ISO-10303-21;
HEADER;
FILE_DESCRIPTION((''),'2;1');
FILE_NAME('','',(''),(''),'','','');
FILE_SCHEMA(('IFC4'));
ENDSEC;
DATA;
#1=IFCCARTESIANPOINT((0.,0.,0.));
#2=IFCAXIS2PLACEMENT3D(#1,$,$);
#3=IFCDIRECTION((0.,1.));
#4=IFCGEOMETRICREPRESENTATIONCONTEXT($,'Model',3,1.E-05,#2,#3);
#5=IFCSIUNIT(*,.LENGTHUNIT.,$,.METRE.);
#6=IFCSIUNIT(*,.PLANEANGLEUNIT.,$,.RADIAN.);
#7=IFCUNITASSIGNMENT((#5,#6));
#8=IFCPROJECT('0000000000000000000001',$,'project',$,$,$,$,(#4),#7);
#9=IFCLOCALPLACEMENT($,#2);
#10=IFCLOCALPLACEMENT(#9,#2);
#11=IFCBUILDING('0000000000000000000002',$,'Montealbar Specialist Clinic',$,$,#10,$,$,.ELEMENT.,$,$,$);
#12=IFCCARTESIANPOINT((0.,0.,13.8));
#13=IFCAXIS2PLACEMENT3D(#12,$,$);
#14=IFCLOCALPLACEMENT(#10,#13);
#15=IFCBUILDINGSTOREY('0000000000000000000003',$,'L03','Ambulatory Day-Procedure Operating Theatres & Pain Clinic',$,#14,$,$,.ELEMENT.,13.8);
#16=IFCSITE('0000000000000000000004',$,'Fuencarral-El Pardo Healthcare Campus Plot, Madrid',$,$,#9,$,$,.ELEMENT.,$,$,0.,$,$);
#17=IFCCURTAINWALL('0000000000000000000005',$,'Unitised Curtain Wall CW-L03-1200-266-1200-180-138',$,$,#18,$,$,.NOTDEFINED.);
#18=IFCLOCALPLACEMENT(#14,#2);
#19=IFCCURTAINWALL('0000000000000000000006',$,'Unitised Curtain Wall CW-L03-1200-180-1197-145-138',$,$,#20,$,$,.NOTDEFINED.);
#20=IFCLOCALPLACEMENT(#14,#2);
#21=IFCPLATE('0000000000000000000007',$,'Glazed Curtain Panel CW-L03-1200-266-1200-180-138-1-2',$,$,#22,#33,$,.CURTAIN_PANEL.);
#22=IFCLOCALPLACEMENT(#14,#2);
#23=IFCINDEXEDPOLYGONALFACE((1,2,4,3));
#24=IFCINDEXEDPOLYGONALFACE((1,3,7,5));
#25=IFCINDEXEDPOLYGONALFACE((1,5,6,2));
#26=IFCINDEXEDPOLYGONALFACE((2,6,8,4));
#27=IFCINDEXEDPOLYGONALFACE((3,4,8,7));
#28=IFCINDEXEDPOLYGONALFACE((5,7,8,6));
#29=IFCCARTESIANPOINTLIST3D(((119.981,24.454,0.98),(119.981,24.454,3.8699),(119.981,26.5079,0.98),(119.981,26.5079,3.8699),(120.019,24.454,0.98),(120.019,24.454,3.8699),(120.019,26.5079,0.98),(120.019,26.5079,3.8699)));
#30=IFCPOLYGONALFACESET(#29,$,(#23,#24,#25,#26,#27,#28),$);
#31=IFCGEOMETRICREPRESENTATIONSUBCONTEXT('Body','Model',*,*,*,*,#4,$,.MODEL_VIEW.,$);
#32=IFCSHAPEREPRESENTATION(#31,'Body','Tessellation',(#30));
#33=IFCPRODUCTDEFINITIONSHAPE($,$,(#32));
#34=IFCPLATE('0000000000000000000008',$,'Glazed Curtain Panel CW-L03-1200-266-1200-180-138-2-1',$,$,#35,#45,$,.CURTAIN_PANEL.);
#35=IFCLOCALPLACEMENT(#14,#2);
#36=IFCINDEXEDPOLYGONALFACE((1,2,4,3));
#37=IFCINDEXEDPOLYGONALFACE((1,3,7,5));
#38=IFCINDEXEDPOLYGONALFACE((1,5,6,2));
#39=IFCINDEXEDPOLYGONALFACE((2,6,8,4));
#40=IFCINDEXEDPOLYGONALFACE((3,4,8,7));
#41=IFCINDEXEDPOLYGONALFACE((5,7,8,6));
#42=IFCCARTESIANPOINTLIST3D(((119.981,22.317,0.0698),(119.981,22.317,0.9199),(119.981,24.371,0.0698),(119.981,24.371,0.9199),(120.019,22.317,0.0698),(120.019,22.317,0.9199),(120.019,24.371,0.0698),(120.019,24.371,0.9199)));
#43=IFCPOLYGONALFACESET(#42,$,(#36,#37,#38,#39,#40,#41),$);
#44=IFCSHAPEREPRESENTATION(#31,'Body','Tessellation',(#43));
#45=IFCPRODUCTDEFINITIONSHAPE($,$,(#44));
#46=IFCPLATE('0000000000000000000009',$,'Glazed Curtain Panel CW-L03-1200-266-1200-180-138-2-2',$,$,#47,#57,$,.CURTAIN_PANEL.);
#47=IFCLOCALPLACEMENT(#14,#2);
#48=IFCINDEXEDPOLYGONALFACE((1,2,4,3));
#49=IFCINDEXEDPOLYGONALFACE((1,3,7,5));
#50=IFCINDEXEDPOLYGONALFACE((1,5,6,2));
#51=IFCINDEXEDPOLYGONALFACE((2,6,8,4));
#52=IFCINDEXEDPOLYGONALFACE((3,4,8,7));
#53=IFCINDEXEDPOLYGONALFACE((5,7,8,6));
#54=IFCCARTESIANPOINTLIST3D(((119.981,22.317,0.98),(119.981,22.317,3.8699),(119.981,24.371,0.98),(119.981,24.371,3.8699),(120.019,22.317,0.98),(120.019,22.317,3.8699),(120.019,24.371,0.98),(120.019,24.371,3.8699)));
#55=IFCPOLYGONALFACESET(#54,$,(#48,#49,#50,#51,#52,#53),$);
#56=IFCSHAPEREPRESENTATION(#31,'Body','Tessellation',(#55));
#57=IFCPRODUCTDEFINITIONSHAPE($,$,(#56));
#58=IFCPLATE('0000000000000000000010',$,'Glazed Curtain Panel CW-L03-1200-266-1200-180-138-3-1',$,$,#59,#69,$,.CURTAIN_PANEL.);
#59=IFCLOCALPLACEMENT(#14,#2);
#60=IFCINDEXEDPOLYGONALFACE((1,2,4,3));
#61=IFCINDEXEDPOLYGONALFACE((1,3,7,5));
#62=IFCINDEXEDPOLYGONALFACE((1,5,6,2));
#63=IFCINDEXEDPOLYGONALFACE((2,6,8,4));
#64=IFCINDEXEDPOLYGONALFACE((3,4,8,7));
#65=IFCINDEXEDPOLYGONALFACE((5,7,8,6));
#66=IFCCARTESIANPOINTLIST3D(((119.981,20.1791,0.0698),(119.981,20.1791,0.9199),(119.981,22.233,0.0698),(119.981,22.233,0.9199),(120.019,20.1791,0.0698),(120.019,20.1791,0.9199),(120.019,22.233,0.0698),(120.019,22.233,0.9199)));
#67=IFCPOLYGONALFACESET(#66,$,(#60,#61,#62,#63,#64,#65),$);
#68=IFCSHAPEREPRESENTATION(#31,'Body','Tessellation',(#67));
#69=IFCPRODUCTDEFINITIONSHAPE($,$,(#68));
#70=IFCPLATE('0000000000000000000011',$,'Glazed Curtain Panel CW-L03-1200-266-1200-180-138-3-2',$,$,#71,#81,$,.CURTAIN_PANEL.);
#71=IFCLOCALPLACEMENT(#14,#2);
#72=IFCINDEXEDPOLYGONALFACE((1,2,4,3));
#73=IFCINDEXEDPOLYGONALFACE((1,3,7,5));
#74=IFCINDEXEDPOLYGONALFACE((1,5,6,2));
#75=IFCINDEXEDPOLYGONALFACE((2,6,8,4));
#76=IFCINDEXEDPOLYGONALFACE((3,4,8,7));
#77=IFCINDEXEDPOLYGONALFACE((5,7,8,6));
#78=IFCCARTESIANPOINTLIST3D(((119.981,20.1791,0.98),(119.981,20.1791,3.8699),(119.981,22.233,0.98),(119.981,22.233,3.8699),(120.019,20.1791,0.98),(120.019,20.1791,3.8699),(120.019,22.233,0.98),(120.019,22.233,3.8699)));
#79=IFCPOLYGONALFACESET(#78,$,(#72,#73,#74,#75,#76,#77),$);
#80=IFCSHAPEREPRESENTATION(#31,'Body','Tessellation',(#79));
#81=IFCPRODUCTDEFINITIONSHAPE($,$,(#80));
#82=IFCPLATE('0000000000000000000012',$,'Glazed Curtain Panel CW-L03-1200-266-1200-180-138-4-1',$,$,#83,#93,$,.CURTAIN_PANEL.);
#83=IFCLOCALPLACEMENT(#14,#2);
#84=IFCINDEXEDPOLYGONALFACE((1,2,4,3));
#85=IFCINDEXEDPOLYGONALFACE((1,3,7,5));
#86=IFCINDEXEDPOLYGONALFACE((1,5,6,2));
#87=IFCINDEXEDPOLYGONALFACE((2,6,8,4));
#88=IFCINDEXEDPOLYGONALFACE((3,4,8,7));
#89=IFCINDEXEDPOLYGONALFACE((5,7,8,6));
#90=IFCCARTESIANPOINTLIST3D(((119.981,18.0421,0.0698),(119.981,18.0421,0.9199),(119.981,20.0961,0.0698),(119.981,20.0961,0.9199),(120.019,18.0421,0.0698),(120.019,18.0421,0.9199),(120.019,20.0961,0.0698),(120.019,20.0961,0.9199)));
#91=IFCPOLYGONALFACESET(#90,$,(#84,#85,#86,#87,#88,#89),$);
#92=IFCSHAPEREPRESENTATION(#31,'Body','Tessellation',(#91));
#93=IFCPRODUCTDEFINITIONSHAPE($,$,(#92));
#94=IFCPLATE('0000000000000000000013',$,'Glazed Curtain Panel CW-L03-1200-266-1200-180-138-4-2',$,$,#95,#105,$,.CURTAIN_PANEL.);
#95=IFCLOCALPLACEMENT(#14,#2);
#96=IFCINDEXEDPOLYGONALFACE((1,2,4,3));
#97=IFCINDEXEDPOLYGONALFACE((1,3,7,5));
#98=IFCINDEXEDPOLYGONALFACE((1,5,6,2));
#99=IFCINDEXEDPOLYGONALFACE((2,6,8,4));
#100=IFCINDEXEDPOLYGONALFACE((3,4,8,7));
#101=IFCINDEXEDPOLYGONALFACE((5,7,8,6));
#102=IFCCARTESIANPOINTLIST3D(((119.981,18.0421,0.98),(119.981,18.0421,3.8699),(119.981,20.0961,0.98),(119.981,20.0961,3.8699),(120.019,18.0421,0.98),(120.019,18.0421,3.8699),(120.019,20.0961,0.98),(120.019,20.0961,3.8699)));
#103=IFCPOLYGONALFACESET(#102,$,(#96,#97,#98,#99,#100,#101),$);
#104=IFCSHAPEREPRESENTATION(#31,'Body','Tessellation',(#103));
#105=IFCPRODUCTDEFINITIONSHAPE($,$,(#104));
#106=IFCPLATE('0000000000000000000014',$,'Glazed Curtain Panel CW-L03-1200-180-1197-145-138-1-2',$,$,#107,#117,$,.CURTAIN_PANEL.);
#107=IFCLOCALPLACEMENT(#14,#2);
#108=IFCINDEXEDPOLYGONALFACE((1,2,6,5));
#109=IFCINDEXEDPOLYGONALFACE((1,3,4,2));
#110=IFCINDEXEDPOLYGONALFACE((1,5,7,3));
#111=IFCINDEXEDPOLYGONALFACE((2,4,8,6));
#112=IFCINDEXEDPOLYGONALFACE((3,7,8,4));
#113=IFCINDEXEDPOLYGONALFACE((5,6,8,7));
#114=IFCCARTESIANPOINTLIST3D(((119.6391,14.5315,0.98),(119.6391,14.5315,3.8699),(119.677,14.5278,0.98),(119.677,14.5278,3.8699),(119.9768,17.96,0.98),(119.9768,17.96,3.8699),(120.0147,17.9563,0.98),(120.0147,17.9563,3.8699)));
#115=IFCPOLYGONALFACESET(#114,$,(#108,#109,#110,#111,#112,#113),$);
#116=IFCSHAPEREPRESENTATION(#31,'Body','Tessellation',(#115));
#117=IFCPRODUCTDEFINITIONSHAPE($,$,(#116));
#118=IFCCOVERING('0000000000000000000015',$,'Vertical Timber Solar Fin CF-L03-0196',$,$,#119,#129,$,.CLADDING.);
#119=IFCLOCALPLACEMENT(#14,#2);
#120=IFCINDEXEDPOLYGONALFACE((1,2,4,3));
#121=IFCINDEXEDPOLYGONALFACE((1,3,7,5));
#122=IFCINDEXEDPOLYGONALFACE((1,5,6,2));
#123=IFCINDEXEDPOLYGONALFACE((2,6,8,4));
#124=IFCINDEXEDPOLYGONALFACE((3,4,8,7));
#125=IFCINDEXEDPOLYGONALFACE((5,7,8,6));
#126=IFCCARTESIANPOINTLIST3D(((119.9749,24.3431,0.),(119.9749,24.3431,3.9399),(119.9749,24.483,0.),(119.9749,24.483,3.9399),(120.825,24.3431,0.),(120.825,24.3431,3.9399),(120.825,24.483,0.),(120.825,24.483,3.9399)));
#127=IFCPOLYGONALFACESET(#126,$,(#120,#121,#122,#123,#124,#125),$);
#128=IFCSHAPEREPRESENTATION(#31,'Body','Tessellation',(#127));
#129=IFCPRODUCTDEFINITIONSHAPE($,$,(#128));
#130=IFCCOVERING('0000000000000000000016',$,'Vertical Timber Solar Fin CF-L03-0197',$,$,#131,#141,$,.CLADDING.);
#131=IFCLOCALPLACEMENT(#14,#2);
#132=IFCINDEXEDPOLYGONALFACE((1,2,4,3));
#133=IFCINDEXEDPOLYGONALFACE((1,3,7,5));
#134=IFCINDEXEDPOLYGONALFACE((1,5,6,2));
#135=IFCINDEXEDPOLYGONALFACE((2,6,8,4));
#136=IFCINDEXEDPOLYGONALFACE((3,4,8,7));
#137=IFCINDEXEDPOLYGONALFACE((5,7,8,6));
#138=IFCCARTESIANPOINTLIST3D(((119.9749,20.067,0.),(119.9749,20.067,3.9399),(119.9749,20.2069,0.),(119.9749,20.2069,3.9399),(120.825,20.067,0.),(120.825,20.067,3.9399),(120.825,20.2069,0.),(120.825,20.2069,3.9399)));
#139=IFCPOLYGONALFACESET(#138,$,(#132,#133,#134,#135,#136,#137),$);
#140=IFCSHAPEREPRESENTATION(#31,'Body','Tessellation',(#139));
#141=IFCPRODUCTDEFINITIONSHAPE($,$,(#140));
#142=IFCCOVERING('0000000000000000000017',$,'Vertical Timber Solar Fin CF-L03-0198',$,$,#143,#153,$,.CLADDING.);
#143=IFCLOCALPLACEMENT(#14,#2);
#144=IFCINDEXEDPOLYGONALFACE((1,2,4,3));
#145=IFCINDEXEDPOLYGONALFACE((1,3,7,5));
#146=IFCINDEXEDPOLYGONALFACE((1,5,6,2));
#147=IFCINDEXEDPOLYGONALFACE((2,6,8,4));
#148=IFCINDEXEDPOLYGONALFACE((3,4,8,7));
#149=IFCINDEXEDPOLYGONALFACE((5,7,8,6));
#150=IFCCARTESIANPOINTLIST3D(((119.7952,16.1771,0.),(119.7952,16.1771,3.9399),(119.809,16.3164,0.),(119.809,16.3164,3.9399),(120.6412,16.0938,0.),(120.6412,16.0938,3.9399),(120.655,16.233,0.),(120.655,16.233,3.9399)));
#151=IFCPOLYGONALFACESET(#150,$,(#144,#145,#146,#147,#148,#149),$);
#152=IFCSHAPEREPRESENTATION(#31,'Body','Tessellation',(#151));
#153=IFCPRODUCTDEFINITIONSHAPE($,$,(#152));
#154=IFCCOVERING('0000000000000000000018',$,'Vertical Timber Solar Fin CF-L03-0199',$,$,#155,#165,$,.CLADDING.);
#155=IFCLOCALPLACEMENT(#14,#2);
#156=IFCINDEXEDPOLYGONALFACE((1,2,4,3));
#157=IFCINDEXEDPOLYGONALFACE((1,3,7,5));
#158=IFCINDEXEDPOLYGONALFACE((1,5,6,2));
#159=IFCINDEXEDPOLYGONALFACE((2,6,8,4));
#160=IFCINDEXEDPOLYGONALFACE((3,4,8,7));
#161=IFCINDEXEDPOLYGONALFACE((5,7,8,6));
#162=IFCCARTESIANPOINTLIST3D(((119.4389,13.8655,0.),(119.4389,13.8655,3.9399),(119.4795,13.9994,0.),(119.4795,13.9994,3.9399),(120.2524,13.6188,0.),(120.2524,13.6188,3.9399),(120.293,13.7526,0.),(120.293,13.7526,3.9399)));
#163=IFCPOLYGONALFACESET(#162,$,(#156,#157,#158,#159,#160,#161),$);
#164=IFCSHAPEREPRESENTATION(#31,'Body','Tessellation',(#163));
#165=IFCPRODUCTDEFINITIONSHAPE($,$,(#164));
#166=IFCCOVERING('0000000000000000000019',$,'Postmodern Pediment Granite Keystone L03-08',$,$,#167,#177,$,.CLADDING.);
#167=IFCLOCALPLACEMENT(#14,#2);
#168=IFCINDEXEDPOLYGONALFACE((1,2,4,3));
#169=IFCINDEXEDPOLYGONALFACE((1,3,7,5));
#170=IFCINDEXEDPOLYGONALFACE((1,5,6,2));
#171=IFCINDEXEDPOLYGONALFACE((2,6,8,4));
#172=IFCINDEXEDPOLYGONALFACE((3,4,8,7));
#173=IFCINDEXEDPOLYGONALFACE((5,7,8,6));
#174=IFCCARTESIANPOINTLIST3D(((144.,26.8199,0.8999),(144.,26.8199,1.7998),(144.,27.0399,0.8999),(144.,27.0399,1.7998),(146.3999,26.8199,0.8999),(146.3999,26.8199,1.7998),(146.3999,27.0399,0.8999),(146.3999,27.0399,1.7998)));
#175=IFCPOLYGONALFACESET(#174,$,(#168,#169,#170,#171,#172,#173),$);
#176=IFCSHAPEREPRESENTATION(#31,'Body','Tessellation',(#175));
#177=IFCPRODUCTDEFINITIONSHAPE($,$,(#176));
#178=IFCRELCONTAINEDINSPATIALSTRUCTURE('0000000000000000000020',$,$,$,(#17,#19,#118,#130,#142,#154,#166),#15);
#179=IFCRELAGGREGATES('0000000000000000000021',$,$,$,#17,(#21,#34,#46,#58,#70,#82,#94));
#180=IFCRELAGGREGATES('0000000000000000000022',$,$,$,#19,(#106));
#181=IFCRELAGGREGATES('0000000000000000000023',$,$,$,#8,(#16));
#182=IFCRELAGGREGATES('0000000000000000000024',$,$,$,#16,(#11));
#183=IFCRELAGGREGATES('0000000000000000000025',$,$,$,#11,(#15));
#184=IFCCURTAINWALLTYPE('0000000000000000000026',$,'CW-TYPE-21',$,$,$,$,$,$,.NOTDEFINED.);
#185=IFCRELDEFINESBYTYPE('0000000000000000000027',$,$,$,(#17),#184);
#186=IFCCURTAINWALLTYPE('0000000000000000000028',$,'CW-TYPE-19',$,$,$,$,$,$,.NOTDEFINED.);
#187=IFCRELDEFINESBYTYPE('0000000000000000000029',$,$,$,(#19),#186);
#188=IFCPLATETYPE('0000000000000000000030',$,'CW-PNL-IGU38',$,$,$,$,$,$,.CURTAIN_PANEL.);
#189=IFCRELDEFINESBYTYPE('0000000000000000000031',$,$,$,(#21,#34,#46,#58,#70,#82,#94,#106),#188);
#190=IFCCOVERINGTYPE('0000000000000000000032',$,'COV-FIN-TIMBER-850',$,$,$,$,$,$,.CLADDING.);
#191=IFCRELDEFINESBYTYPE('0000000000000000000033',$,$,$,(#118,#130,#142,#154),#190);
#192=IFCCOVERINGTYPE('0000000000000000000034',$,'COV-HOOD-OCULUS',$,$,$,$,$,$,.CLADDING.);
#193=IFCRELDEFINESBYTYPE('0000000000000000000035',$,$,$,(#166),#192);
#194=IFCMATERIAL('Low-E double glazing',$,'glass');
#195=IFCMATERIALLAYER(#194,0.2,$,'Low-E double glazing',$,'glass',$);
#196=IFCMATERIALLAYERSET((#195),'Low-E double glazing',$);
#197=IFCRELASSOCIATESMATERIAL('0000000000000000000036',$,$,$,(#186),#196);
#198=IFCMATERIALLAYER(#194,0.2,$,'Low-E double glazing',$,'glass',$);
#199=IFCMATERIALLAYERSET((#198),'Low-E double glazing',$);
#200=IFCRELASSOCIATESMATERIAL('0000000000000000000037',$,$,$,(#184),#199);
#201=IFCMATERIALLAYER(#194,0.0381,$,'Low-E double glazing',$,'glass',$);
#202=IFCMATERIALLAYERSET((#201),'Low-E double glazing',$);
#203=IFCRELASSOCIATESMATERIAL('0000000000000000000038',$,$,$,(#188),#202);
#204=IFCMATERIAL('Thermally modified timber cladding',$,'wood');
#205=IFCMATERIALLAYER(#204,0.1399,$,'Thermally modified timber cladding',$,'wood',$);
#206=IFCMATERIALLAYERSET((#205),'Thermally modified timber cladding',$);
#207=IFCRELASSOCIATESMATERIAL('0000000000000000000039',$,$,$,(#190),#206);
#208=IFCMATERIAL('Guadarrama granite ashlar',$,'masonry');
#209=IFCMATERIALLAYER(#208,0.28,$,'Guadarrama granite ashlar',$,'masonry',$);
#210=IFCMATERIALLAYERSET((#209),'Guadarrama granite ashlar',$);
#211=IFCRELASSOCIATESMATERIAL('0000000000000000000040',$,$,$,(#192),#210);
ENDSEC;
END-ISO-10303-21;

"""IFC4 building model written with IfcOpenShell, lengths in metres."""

from ifc_helpers import new_model, si_unit, direction, frame, origin, origin_2d, place, context, subcontext, project, spatial, rectangle, extrude, material, layer, layer_set, type_object, element, aggregate, save


model = new_model("IFC4")

# Units and contexts
model_context = context("Model", 3, precision=1e-05, world=origin(), true_north=direction((0.0, 1.0)))
body_context = subcontext(model_context, "Body", "Model", "MODEL_VIEW")
ifc_project = project(units=[si_unit("LENGTHUNIT", "METRE"), si_unit("PLANEANGLEUNIT", "RADIAN")], contexts=[model_context])

# Site, building, storey
site_placement = place(None, origin())
site = spatial("IfcSite", under=ifc_project, at=site_placement, Name="Fuencarral-El Pardo Healthcare Campus Plot, Madrid", CompositionType="ELEMENT", RefElevation=0.0)
building_placement = place(site_placement, origin())
building = spatial("IfcBuilding", under=site, at=building_placement, Name="Montealbar Specialist Clinic", CompositionType="ELEMENT")
storey_placement = place(building_placement, frame((0.0, 0.0, 13.8)))
storey = spatial("IfcBuildingStorey", under=building, at=storey_placement, Name="L03", Description="Ambulatory Day-Procedure Operating Theatres & Pain Clinic", CompositionType="ELEMENT", Elevation=13.8)

# Shared definitions
ifc_material_1 = material(Name="Low-E double glazing", Category="glass")
ifc_layer_1 = layer(ifc_material_1, 0.2, Name="Low-E double glazing", Category="glass")
ifc_layer_set_1 = layer_set([ifc_layer_1], Name="Low-E double glazing")
curtain_wall_type_1 = type_object("IfcCurtainWallType", Name="CW-TYPE-19", PredefinedType="NOTDEFINED", material=ifc_layer_set_1)

# Curtain wall
ifc_layer_2 = layer(ifc_material_1, 0.2, Name="Low-E double glazing", Category="glass")
ifc_layer_set_2 = layer_set([ifc_layer_2], Name="Low-E double glazing")
curtain_wall_type_2 = type_object("IfcCurtainWallType", Name="CW-TYPE-21", PredefinedType="NOTDEFINED", material=ifc_layer_set_2)
curtain_wall_1_placement = place(storey_placement, origin())
curtain_wall_1 = element("IfcCurtainWall", 1, at=curtain_wall_1_placement, inside=storey, type_object=curtain_wall_type_2, Name="Unitised Curtain Wall CW-L03-1200-266-1200-180-138", PredefinedType="NOTDEFINED")

# Curtain wall
curtain_wall_2_placement = place(storey_placement, origin())
curtain_wall_2 = element("IfcCurtainWall", 2, at=curtain_wall_2_placement, inside=storey, type_object=curtain_wall_type_1, Name="Unitised Curtain Wall CW-L03-1200-180-1197-145-138", PredefinedType="NOTDEFINED")

# Plates
ifc_layer_3 = layer(ifc_material_1, 0.0381, Name="Low-E double glazing", Category="glass")
ifc_layer_set_3 = layer_set([ifc_layer_3], Name="Low-E double glazing")
plate_type = type_object("IfcPlateType", Name="CW-PNL-IGU38", PredefinedType="CURTAIN_PANEL", material=ifc_layer_set_3)
plate_1_placement = place(storey_placement, frame((120.0, 25.481, 0.98), z_axis=(0.0, 0.0, 1.0), x_axis=(0.0, -1.0, 0.0)))
plate_1 = element("IfcPlate", 3, at=plate_1_placement, type_object=plate_type, Name="Glazed Curtain Panel CW-L03-1200-266-1200-180-138-1-2", PredefinedType="CURTAIN_PANEL", context=body_context, shape_type="SweptSolid", body=[
    extrude(rectangle(XDim=2.054, YDim=0.0381, at=origin_2d()), origin(), (0.0, 0.0, 1.0), 2.8899),
])
plate_2_placement = place(storey_placement, frame((120.0, 23.344, 0.0698), z_axis=(0.0, 0.0, 1.0), x_axis=(0.0, -1.0, 0.0)))
plate_2 = element("IfcPlate", 4, at=plate_2_placement, type_object=plate_type, Name="Glazed Curtain Panel CW-L03-1200-266-1200-180-138-2-1", PredefinedType="CURTAIN_PANEL", context=body_context, shape_type="SweptSolid", body=[
    extrude(rectangle(XDim=2.054, YDim=0.0381, at=origin_2d()), origin(), (0.0, 0.0, 1.0), 0.8501),
])
plate_3_placement = place(storey_placement, frame((120.0, 23.344, 0.98), z_axis=(0.0, 0.0, 1.0), x_axis=(0.0, -1.0, 0.0)))
plate_3 = element("IfcPlate", 5, at=plate_3_placement, type_object=plate_type, Name="Glazed Curtain Panel CW-L03-1200-266-1200-180-138-2-2", PredefinedType="CURTAIN_PANEL", context=body_context, shape_type="SweptSolid", body=[
    extrude(rectangle(XDim=2.054, YDim=0.0381, at=origin_2d()), origin(), (0.0, 0.0, 1.0), 2.8899),
])
plate_4_placement = place(storey_placement, frame((120.0, 21.2061, 0.0698), z_axis=(0.0, 0.0, 1.0), x_axis=(0.0, -1.0, 0.0)))
plate_4 = element("IfcPlate", 6, at=plate_4_placement, type_object=plate_type, Name="Glazed Curtain Panel CW-L03-1200-266-1200-180-138-3-1", PredefinedType="CURTAIN_PANEL", context=body_context, shape_type="SweptSolid", body=[
    extrude(rectangle(XDim=2.054, YDim=0.0381, at=origin_2d()), origin(), (0.0, 0.0, 1.0), 0.8501),
])
plate_5_placement = place(storey_placement, frame((120.0, 21.2061, 0.98), z_axis=(0.0, 0.0, 1.0), x_axis=(0.0, -1.0, 0.0)))
plate_5 = element("IfcPlate", 7, at=plate_5_placement, type_object=plate_type, Name="Glazed Curtain Panel CW-L03-1200-266-1200-180-138-3-2", PredefinedType="CURTAIN_PANEL", context=body_context, shape_type="SweptSolid", body=[
    extrude(rectangle(XDim=2.054, YDim=0.0381, at=origin_2d()), origin(), (0.0, 0.0, 1.0), 2.8899),
])
plate_6_placement = place(storey_placement, frame((120.0, 19.0691, 0.0698), z_axis=(0.0, 0.0, 1.0), x_axis=(0.0, -1.0, 0.0)))
plate_6 = element("IfcPlate", 8, at=plate_6_placement, type_object=plate_type, Name="Glazed Curtain Panel CW-L03-1200-266-1200-180-138-4-1", PredefinedType="CURTAIN_PANEL", context=body_context, shape_type="SweptSolid", body=[
    extrude(rectangle(XDim=2.054, YDim=0.0381, at=origin_2d()), origin(), (0.0, 0.0, 1.0), 0.8501),
])
plate_7_placement = place(storey_placement, frame((120.0, 19.0691, 0.98), z_axis=(0.0, 0.0, 1.0), x_axis=(0.0, -1.0, 0.0)))
plate_7 = element("IfcPlate", 9, at=plate_7_placement, type_object=plate_type, Name="Glazed Curtain Panel CW-L03-1200-266-1200-180-138-4-2", PredefinedType="CURTAIN_PANEL", context=body_context, shape_type="SweptSolid", body=[
    extrude(rectangle(XDim=2.054, YDim=0.0381, at=origin_2d()), origin(), (0.0, 0.0, 1.0), 2.8899),
])
aggregate(curtain_wall_1, [plate_1, plate_2, plate_3, plate_4, plate_5, plate_6, plate_7])
plate_8_placement = place(storey_placement, frame((119.8269, 16.2439, 0.98), z_axis=(0.0, 0.0, 1.0), x_axis=(-0.098045, -0.995182, 0.0)))
plate_8 = element("IfcPlate", 10, at=plate_8_placement, type_object=plate_type, Name="Glazed Curtain Panel CW-L03-1200-180-1197-145-138-1-2", PredefinedType="CURTAIN_PANEL", context=body_context, shape_type="SweptSolid", body=[
    extrude(rectangle(XDim=3.4451, YDim=0.0381, at=origin_2d()), origin(), (0.0, 0.0, 1.0), 2.8899),
])
aggregate(curtain_wall_2, [plate_8])

# Coverings
ifc_material_2 = material(Name="Thermally modified timber cladding", Category="wood")
ifc_layer_4 = layer(ifc_material_2, 0.1399, Name="Thermally modified timber cladding", Category="wood")
ifc_layer_set_4 = layer_set([ifc_layer_4], Name="Thermally modified timber cladding")
covering_type_1 = type_object("IfcCoveringType", Name="COV-FIN-TIMBER-850", PredefinedType="CLADDING", material=ifc_layer_set_4)
for number, where, z_axis, x_axis, name in (
    (11, (120.3999, 24.4131, 0.0), (0.0, 0.0, 1.0), (1.0, 0.0, 0.0), "Vertical Timber Solar Fin CF-L03-0196"),
    (12, (120.3999, 20.137, 0.0), (0.0, 0.0, 1.0), (1.0, 0.0, 0.0), "Vertical Timber Solar Fin CF-L03-0197"),
    (13, (120.2251, 16.2051, 0.0), (0.0, 0.0, 1.0), (0.995182, -0.098045, 0.0), "Vertical Timber Solar Fin CF-L03-0198"),
    (14, (119.866, 13.8091, 0.0), (0.0, 0.0, 1.0), (0.956948, -0.290259, 0.0), "Vertical Timber Solar Fin CF-L03-0199"),
):
    element("IfcCovering", number, at=place(storey_placement, frame(where, z_axis=z_axis, x_axis=x_axis)), inside=storey, type_object=covering_type_1, Name=name, PredefinedType="CLADDING", context=body_context, shape_type="SweptSolid", body=[
        extrude(rectangle(XDim=0.8501, YDim=0.1399, at=origin_2d()), origin(), (0.0, 0.0, 1.0), 3.9399),
    ])
ifc_material_3 = material(Name="Guadarrama granite ashlar", Category="masonry")
ifc_layer_5 = layer(ifc_material_3, 0.28, Name="Guadarrama granite ashlar", Category="masonry")
ifc_layer_set_5 = layer_set([ifc_layer_5], Name="Guadarrama granite ashlar")
covering_type_2 = type_object("IfcCoveringType", Name="COV-HOOD-OCULUS", PredefinedType="CLADDING", material=ifc_layer_set_5)
covering_placement = place(storey_placement, frame((145.2, 26.9299, 0.8999), z_axis=(0.0, 0.0, 1.0), x_axis=(-1.0, 0.0, 0.0)))
element("IfcCovering", 15, at=covering_placement, inside=storey, type_object=covering_type_2, Name="Postmodern Pediment Granite Keystone L03-08", PredefinedType="CLADDING", context=body_context, shape_type="SweptSolid", body=[
    extrude(rectangle(XDim=2.3999, YDim=0.22, at=origin_2d()), origin(), (0.0, 0.0, 1.0), 0.8999),
])

save(model, "model.ifc")
